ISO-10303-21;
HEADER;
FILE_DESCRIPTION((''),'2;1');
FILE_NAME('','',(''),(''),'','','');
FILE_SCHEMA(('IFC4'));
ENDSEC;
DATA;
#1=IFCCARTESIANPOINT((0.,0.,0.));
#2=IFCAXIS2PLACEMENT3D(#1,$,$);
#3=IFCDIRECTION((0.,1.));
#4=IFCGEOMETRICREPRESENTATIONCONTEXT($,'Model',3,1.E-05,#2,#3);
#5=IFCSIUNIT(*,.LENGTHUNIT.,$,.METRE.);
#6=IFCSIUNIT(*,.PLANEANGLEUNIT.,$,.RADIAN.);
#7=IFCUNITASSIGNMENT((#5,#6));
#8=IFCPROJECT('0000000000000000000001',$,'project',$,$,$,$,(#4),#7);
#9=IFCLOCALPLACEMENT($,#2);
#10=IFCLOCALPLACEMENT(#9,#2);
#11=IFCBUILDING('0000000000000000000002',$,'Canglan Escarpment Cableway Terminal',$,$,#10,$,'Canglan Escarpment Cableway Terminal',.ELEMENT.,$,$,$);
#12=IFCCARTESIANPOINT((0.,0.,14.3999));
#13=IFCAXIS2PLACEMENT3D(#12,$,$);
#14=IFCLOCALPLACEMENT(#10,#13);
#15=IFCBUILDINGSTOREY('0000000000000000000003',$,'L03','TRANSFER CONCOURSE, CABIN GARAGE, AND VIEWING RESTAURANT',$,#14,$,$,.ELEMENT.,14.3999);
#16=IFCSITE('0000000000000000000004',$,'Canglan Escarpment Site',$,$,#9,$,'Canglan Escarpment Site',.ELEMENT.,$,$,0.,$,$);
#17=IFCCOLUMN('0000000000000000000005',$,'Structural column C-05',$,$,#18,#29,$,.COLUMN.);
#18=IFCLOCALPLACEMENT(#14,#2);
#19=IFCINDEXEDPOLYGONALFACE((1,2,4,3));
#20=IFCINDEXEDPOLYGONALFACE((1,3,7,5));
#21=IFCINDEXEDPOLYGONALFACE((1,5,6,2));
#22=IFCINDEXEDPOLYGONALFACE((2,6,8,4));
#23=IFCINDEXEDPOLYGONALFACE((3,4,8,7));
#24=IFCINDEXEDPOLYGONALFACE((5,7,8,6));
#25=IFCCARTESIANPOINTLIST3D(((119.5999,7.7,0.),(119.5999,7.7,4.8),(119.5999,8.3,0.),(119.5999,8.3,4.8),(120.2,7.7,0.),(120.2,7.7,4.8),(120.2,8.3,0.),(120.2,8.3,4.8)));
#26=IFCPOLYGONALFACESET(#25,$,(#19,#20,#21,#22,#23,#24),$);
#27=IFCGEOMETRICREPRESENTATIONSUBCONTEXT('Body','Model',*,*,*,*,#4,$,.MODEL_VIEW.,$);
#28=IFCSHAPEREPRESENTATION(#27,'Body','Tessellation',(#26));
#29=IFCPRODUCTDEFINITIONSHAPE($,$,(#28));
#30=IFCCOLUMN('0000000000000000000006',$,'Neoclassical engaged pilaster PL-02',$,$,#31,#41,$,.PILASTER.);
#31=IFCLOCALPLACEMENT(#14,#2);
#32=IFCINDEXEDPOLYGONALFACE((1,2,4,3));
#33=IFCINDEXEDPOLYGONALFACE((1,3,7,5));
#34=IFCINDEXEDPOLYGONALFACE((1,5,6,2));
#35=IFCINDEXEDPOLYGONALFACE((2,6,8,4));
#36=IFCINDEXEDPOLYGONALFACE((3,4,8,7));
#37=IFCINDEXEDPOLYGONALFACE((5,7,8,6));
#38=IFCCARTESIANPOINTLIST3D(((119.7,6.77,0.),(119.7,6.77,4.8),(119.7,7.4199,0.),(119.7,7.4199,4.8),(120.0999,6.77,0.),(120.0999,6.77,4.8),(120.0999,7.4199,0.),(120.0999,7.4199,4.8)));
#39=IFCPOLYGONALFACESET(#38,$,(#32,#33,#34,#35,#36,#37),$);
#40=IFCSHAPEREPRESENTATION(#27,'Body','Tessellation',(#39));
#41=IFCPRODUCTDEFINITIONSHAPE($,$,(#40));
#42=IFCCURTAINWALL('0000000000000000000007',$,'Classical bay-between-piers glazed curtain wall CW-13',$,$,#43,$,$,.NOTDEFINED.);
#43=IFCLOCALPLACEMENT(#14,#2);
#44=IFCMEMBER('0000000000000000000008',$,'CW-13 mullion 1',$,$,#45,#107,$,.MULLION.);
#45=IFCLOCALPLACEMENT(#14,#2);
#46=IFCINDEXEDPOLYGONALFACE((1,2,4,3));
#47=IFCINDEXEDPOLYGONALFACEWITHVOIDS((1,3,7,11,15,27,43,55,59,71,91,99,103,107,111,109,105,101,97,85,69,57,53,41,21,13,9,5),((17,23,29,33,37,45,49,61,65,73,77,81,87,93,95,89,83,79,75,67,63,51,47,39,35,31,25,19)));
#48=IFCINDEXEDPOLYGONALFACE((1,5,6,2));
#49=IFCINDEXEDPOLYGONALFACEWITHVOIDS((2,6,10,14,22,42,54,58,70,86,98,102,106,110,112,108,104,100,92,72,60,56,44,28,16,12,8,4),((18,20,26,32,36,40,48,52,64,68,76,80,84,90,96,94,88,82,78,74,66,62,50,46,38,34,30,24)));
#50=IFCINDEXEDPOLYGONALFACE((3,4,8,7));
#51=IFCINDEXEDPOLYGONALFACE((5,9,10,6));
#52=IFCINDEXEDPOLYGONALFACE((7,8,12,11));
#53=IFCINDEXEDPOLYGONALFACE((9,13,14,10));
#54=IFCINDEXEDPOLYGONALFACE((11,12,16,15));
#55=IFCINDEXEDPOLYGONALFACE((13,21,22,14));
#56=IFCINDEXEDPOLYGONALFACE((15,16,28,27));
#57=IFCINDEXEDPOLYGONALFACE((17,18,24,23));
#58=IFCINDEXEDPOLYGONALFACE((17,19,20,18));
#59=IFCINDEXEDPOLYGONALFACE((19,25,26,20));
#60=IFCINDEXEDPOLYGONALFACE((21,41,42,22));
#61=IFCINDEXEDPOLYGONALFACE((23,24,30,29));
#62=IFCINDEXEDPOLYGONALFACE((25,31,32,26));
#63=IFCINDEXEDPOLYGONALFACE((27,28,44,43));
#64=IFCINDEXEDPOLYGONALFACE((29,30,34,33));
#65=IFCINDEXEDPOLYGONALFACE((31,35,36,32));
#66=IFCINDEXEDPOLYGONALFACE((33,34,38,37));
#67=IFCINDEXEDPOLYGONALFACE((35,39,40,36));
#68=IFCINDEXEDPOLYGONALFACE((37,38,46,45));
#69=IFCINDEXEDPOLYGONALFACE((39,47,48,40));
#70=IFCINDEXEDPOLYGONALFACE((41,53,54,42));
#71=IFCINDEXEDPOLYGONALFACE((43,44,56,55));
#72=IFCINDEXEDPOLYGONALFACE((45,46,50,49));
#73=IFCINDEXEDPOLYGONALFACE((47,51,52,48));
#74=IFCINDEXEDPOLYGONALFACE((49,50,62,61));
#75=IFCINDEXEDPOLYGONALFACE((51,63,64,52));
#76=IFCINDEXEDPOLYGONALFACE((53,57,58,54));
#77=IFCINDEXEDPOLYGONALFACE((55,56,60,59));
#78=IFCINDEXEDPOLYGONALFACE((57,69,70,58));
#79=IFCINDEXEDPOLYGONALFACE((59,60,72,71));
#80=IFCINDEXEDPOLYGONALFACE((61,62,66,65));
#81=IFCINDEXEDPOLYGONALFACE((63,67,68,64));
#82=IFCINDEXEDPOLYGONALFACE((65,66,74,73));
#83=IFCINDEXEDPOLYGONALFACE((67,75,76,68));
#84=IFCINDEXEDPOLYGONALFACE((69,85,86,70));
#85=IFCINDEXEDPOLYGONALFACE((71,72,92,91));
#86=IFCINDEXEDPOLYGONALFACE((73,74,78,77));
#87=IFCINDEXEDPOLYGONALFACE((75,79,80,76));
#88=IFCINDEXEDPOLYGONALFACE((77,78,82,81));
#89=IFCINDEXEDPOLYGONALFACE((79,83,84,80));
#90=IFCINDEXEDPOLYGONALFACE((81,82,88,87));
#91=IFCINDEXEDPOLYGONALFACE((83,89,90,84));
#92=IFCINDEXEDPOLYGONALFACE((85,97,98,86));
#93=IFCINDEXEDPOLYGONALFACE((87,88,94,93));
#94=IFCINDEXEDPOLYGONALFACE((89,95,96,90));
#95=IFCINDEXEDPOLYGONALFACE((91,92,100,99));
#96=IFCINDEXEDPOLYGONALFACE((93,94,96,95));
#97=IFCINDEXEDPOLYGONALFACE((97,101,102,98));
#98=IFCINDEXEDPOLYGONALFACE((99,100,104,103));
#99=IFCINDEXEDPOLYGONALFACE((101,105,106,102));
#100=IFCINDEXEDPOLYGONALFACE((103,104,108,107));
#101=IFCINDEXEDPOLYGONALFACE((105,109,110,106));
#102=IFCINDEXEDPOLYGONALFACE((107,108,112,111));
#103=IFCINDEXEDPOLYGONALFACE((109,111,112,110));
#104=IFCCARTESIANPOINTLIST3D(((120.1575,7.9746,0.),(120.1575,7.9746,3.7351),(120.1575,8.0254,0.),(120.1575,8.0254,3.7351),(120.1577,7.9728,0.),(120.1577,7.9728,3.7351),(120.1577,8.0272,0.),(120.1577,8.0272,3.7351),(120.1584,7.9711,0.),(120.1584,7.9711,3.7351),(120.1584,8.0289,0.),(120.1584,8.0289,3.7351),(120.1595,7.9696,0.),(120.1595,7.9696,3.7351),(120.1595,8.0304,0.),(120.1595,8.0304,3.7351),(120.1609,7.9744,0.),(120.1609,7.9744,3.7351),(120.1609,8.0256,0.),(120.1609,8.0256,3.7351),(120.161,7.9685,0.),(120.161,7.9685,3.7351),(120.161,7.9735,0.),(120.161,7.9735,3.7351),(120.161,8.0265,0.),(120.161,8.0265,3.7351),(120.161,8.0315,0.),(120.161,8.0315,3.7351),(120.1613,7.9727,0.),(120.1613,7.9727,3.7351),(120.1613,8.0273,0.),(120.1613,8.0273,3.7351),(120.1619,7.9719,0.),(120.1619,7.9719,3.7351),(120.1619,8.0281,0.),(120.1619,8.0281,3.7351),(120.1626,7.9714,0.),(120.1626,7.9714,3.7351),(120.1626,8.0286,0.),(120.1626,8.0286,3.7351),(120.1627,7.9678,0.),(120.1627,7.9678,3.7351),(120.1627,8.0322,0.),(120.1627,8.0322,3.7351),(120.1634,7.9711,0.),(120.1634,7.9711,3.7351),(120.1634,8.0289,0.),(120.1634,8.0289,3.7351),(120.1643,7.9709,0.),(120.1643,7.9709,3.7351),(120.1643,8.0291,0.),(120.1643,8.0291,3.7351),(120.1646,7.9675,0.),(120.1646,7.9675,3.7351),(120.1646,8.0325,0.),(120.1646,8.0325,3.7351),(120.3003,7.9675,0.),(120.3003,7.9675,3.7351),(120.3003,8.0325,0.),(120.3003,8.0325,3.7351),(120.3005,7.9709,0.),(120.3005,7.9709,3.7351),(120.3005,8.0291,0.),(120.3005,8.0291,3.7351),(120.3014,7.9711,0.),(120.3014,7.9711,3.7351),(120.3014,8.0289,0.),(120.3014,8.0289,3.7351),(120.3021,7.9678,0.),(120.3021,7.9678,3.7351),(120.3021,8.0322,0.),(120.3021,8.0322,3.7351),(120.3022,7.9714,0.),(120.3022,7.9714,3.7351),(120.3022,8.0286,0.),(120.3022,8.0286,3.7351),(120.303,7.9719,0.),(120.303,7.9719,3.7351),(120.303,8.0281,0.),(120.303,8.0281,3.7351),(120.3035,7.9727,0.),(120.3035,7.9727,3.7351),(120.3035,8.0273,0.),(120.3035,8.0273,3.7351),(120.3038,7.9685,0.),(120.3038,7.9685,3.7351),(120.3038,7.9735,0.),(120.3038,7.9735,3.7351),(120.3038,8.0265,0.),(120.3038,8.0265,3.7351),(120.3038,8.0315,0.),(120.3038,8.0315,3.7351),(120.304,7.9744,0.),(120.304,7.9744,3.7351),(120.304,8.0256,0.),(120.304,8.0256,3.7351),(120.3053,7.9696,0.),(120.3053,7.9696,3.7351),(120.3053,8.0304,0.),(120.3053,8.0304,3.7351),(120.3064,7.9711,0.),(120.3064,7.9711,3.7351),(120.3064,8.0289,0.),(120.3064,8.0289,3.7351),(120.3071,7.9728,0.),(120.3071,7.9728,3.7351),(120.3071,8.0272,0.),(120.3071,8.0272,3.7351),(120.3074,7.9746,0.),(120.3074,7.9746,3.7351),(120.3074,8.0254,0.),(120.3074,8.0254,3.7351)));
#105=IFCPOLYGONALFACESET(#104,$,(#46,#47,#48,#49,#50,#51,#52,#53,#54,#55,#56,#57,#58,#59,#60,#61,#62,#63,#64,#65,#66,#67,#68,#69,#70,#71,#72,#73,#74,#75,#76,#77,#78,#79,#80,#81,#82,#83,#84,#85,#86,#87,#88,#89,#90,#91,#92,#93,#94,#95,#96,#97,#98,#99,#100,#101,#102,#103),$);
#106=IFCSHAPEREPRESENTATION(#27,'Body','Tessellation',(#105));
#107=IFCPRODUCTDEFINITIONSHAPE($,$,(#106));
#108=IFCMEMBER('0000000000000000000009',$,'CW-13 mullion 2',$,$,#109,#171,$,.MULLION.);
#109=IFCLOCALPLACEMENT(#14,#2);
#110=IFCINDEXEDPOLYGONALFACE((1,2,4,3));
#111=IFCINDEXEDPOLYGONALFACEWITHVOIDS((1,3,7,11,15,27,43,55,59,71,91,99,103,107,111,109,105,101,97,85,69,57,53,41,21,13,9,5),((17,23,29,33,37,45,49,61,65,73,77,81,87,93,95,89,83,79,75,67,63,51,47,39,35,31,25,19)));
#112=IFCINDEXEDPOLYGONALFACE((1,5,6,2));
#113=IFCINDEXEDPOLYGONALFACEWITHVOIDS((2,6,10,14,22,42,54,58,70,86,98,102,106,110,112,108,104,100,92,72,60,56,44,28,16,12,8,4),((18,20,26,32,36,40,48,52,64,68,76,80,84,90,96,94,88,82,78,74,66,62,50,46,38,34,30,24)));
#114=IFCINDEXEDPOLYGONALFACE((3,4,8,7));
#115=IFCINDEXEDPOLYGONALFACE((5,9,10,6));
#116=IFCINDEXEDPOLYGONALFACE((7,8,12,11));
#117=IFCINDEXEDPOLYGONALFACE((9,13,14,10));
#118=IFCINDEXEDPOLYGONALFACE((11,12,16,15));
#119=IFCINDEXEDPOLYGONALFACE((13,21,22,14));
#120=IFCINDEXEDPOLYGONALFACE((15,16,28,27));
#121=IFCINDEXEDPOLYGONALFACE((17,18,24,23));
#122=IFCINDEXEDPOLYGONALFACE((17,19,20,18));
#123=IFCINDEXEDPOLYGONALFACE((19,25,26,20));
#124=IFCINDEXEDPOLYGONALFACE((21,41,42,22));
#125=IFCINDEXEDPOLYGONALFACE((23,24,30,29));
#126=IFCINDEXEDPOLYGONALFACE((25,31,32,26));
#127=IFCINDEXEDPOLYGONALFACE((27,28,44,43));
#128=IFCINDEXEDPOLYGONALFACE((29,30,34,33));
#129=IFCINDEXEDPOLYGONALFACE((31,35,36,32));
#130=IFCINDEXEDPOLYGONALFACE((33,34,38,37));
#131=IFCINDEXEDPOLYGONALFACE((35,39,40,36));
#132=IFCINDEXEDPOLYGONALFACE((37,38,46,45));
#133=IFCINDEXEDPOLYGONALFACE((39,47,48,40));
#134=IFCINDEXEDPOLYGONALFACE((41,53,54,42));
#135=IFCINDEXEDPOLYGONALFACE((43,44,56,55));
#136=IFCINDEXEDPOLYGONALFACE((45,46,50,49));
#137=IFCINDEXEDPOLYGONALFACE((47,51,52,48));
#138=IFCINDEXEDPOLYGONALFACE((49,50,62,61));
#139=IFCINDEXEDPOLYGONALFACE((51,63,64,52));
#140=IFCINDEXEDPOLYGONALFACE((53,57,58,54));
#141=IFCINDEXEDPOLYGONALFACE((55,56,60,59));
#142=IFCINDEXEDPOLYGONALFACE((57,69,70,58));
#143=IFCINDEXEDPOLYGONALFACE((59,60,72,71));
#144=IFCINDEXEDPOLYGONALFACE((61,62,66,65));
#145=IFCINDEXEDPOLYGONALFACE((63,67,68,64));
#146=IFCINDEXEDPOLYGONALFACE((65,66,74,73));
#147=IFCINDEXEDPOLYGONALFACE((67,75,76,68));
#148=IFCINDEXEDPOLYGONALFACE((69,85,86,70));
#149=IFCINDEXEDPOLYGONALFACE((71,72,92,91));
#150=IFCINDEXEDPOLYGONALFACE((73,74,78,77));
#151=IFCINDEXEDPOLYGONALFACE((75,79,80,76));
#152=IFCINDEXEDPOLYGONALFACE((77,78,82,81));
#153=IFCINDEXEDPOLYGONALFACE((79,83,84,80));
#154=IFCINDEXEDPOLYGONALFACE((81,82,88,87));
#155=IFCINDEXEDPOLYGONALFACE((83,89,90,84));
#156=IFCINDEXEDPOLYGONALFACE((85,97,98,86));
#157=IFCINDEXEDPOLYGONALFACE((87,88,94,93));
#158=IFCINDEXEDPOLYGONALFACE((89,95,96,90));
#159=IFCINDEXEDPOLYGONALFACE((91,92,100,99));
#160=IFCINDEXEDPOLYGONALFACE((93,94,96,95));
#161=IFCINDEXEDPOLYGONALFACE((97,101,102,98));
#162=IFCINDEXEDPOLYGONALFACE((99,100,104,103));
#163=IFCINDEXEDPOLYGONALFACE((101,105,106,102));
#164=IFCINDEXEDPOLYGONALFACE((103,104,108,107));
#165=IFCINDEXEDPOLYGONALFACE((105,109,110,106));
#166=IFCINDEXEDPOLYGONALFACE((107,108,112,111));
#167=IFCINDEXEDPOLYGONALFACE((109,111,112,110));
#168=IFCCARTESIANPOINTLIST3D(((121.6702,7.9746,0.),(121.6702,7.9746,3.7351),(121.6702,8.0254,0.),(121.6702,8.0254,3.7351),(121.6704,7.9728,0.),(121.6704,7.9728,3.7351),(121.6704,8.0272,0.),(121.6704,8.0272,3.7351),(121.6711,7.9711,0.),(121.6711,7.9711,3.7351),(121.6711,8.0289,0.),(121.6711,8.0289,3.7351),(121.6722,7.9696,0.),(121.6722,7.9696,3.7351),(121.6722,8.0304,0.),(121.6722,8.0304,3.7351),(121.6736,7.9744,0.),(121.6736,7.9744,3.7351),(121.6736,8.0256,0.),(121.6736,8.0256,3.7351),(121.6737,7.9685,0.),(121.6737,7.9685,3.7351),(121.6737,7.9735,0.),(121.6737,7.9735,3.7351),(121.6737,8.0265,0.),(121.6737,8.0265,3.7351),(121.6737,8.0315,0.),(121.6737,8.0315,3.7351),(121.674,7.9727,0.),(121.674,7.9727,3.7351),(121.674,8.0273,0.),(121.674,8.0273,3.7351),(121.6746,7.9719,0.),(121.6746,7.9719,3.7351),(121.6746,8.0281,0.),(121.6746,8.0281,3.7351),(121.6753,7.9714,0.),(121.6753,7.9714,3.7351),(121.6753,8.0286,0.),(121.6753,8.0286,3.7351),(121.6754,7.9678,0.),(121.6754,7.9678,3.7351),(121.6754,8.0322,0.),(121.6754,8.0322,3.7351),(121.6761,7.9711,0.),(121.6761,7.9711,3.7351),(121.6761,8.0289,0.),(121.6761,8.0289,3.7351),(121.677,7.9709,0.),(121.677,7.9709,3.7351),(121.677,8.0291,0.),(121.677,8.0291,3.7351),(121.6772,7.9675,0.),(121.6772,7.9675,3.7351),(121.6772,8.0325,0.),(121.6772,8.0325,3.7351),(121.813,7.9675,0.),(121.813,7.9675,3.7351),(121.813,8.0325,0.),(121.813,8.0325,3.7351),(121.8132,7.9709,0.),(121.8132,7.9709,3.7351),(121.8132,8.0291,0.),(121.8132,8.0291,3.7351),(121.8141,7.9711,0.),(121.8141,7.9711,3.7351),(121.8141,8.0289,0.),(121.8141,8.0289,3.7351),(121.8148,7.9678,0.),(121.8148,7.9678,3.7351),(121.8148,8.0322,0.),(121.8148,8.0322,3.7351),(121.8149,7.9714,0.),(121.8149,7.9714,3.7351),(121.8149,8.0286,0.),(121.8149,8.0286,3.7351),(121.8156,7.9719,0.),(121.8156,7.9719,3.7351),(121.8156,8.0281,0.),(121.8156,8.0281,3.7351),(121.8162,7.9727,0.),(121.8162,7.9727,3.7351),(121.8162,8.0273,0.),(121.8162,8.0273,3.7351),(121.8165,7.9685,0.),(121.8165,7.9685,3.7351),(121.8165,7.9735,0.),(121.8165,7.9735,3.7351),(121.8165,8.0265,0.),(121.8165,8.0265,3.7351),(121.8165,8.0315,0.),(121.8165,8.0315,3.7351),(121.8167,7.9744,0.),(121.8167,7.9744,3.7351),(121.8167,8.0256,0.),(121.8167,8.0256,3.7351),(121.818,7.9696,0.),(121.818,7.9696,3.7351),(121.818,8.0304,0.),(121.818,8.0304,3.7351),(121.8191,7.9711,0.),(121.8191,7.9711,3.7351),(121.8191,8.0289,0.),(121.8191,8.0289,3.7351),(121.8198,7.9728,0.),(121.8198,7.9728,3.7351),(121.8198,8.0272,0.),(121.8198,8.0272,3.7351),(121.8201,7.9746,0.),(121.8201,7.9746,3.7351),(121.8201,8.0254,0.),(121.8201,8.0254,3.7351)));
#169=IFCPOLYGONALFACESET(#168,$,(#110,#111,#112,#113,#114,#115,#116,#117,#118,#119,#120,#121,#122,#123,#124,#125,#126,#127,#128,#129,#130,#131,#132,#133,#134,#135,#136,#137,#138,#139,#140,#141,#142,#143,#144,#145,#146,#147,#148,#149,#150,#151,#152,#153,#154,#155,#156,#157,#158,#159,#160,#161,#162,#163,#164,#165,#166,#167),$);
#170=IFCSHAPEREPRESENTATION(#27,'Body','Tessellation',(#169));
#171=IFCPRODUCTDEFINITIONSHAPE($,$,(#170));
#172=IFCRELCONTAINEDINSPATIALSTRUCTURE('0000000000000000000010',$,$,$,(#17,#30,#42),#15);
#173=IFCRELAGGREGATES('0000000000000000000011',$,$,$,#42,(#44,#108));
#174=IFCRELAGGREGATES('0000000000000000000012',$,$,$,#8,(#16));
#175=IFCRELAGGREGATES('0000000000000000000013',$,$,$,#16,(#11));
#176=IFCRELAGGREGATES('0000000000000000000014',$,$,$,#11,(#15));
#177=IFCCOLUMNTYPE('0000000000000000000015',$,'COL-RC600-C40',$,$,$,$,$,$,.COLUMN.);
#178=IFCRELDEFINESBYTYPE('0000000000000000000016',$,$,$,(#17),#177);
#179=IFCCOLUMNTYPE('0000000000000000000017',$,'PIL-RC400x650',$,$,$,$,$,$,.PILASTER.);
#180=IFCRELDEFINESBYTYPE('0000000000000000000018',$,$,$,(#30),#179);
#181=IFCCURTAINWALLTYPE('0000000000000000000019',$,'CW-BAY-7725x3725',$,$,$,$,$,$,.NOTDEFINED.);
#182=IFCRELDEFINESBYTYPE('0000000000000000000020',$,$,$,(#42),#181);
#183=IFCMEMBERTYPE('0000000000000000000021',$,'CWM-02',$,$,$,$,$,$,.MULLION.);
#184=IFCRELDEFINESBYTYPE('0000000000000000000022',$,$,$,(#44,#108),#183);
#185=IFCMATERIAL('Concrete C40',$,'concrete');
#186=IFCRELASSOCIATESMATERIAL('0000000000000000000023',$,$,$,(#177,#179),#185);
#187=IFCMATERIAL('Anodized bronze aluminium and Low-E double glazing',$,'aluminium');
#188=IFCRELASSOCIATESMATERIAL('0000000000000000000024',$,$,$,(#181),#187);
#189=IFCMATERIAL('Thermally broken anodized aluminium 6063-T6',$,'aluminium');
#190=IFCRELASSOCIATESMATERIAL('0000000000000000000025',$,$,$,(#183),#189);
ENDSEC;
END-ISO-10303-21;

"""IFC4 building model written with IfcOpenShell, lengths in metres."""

from ifc_helpers import new_model, si_unit, direction, frame, origin, origin_2d, place, context, subcontext, project, spatial, rectangle, hollow_rectangle, extrude, material, material_profile, profile_set, type_object, element, aggregate, save


model = new_model("IFC4")

# Units and contexts
model_context = context("Model", 3, precision=1e-05, world=origin(), true_north=direction((0.0, 1.0)))
body_context = subcontext(model_context, "Body", "Model", "MODEL_VIEW")
ifc_project = project(units=[si_unit("LENGTHUNIT", "METRE"), si_unit("PLANEANGLEUNIT", "RADIAN")], contexts=[model_context])

# Site, building, storey
site_placement = place(None, origin())
site = spatial("IfcSite", under=ifc_project, at=site_placement, Name="Canglan Escarpment Site", LongName="Canglan Escarpment Site", CompositionType="ELEMENT", RefElevation=0.0)
building_placement = place(site_placement, origin())
building = spatial("IfcBuilding", under=site, at=building_placement, Name="Canglan Escarpment Cableway Terminal", LongName="Canglan Escarpment Cableway Terminal", CompositionType="ELEMENT")
storey_placement = place(building_placement, frame((0.0, 0.0, 14.3999)))
storey = spatial("IfcBuildingStorey", under=building, at=storey_placement, Name="L03", Description="TRANSFER CONCOURSE, CABIN GARAGE, AND VIEWING RESTAURANT", CompositionType="ELEMENT", Elevation=14.3999)

# Columns
ifc_material_1 = material(Name="Concrete C40", Category="concrete")
ifc_material_profile_1 = material_profile(ifc_material_1, rectangle(XDim=0.6001, YDim=0.6001, at=origin_2d()), Name="RC 600x600")
ifc_profile_set_1 = profile_set([ifc_material_profile_1], Name="Concrete C40")
column_type_1 = type_object("IfcColumnType", Name="COL-RC600-C40", PredefinedType="COLUMN", material=ifc_profile_set_1)
column_1_placement = place(storey_placement, frame((119.8999, 8.0, 0.0), z_axis=(0.0, 0.0, 1.0), x_axis=(1.0, 0.0, 0.0)))
element("IfcColumn", 1, at=column_1_placement, inside=storey, type_object=column_type_1, Name="Structural column C-05", PredefinedType="COLUMN", context=body_context, shape_type="SweptSolid", body=[
    extrude(rectangle(XDim=0.6001, YDim=0.6001, at=origin_2d()), origin(), (0.0, 0.0, 1.0), 4.8),
])
ifc_material_profile_2 = material_profile(ifc_material_1, rectangle(XDim=0.3999, YDim=0.6499, at=origin_2d()), Name="RC-PIL 400x650")
ifc_profile_set_2 = profile_set([ifc_material_profile_2], Name="Concrete C40")
column_type_2 = type_object("IfcColumnType", Name="PIL-RC400x650", PredefinedType="PILASTER", material=ifc_profile_set_2)
column_2_placement = place(storey_placement, frame((119.8999, 7.095, 0.0), z_axis=(0.0, 0.0, 1.0), x_axis=(1.0, 0.0, 0.0)))
element("IfcColumn", 2, at=column_2_placement, inside=storey, type_object=column_type_2, Name="Neoclassical engaged pilaster PL-02", PredefinedType="PILASTER", context=body_context, shape_type="SweptSolid", body=[
    extrude(rectangle(XDim=0.3999, YDim=0.6499, at=origin_2d()), origin(), (0.0, 0.0, 1.0), 4.8),
])

# Curtain wall, members
ifc_material_2 = material(Name="Anodized bronze aluminium and Low-E double glazing", Category="aluminium")
curtain_wall_type = type_object("IfcCurtainWallType", Name="CW-BAY-7725x3725", PredefinedType="NOTDEFINED", material=ifc_material_2)
curtain_wall_placement = place(storey_placement, origin())
curtain_wall = element("IfcCurtainWall", 3, at=curtain_wall_placement, inside=storey, type_object=curtain_wall_type, Name="Classical bay-between-piers glazed curtain wall CW-13", PredefinedType="NOTDEFINED")
ifc_material_3 = material(Name="Thermally broken anodized aluminium 6063-T6", Category="aluminium")
ifc_material_profile_3 = material_profile(ifc_material_3, hollow_rectangle(XDim=0.0649, YDim=0.1499, WallThickness=0.0034, InnerFilletRadius=0.0034, OuterFilletRadius=0.0071, at=origin_2d()), Name="ALU-MULL 65x150x3.5")
ifc_profile_set_3 = profile_set([ifc_material_profile_3], Name="Thermally broken anodized aluminium 6063-T6")
member_type_1 = type_object("IfcMemberType", Name="CWM-02", PredefinedType="MULLION", material=ifc_profile_set_3)
member_1_placement = place(storey_placement, frame((120.2324, 8.0, 0.0), z_axis=(0.0, 0.0, 1.0), x_axis=(0.0, 1.0, 0.0)))
member_1 = element("IfcMember", 4, at=member_1_placement, type_object=member_type_1, Name="CW-13 mullion 1", PredefinedType="MULLION", context=body_context, shape_type="SweptSolid", body=[
    extrude(hollow_rectangle(XDim=0.0649, YDim=0.1499, WallThickness=0.0034, InnerFilletRadius=0.0034, OuterFilletRadius=0.0071, at=origin_2d()), origin(), (0.0, 0.0, 1.0), 3.7351),
])
member_2_placement = place(storey_placement, frame((121.7451, 8.0, 0.0), z_axis=(0.0, 0.0, 1.0), x_axis=(0.0, 1.0, 0.0)))
member_2 = element("IfcMember", 5, at=member_2_placement, type_object=member_type_1, Name="CW-13 mullion 2", PredefinedType="MULLION", context=body_context, shape_type="SweptSolid", body=[
    extrude(hollow_rectangle(XDim=0.0649, YDim=0.1499, WallThickness=0.0034, InnerFilletRadius=0.0034, OuterFilletRadius=0.0071, at=origin_2d()), origin(), (0.0, 0.0, 1.0), 3.7351),
])

aggregate(curtain_wall, [member_1, member_2])

save(model, "model.ifc")
